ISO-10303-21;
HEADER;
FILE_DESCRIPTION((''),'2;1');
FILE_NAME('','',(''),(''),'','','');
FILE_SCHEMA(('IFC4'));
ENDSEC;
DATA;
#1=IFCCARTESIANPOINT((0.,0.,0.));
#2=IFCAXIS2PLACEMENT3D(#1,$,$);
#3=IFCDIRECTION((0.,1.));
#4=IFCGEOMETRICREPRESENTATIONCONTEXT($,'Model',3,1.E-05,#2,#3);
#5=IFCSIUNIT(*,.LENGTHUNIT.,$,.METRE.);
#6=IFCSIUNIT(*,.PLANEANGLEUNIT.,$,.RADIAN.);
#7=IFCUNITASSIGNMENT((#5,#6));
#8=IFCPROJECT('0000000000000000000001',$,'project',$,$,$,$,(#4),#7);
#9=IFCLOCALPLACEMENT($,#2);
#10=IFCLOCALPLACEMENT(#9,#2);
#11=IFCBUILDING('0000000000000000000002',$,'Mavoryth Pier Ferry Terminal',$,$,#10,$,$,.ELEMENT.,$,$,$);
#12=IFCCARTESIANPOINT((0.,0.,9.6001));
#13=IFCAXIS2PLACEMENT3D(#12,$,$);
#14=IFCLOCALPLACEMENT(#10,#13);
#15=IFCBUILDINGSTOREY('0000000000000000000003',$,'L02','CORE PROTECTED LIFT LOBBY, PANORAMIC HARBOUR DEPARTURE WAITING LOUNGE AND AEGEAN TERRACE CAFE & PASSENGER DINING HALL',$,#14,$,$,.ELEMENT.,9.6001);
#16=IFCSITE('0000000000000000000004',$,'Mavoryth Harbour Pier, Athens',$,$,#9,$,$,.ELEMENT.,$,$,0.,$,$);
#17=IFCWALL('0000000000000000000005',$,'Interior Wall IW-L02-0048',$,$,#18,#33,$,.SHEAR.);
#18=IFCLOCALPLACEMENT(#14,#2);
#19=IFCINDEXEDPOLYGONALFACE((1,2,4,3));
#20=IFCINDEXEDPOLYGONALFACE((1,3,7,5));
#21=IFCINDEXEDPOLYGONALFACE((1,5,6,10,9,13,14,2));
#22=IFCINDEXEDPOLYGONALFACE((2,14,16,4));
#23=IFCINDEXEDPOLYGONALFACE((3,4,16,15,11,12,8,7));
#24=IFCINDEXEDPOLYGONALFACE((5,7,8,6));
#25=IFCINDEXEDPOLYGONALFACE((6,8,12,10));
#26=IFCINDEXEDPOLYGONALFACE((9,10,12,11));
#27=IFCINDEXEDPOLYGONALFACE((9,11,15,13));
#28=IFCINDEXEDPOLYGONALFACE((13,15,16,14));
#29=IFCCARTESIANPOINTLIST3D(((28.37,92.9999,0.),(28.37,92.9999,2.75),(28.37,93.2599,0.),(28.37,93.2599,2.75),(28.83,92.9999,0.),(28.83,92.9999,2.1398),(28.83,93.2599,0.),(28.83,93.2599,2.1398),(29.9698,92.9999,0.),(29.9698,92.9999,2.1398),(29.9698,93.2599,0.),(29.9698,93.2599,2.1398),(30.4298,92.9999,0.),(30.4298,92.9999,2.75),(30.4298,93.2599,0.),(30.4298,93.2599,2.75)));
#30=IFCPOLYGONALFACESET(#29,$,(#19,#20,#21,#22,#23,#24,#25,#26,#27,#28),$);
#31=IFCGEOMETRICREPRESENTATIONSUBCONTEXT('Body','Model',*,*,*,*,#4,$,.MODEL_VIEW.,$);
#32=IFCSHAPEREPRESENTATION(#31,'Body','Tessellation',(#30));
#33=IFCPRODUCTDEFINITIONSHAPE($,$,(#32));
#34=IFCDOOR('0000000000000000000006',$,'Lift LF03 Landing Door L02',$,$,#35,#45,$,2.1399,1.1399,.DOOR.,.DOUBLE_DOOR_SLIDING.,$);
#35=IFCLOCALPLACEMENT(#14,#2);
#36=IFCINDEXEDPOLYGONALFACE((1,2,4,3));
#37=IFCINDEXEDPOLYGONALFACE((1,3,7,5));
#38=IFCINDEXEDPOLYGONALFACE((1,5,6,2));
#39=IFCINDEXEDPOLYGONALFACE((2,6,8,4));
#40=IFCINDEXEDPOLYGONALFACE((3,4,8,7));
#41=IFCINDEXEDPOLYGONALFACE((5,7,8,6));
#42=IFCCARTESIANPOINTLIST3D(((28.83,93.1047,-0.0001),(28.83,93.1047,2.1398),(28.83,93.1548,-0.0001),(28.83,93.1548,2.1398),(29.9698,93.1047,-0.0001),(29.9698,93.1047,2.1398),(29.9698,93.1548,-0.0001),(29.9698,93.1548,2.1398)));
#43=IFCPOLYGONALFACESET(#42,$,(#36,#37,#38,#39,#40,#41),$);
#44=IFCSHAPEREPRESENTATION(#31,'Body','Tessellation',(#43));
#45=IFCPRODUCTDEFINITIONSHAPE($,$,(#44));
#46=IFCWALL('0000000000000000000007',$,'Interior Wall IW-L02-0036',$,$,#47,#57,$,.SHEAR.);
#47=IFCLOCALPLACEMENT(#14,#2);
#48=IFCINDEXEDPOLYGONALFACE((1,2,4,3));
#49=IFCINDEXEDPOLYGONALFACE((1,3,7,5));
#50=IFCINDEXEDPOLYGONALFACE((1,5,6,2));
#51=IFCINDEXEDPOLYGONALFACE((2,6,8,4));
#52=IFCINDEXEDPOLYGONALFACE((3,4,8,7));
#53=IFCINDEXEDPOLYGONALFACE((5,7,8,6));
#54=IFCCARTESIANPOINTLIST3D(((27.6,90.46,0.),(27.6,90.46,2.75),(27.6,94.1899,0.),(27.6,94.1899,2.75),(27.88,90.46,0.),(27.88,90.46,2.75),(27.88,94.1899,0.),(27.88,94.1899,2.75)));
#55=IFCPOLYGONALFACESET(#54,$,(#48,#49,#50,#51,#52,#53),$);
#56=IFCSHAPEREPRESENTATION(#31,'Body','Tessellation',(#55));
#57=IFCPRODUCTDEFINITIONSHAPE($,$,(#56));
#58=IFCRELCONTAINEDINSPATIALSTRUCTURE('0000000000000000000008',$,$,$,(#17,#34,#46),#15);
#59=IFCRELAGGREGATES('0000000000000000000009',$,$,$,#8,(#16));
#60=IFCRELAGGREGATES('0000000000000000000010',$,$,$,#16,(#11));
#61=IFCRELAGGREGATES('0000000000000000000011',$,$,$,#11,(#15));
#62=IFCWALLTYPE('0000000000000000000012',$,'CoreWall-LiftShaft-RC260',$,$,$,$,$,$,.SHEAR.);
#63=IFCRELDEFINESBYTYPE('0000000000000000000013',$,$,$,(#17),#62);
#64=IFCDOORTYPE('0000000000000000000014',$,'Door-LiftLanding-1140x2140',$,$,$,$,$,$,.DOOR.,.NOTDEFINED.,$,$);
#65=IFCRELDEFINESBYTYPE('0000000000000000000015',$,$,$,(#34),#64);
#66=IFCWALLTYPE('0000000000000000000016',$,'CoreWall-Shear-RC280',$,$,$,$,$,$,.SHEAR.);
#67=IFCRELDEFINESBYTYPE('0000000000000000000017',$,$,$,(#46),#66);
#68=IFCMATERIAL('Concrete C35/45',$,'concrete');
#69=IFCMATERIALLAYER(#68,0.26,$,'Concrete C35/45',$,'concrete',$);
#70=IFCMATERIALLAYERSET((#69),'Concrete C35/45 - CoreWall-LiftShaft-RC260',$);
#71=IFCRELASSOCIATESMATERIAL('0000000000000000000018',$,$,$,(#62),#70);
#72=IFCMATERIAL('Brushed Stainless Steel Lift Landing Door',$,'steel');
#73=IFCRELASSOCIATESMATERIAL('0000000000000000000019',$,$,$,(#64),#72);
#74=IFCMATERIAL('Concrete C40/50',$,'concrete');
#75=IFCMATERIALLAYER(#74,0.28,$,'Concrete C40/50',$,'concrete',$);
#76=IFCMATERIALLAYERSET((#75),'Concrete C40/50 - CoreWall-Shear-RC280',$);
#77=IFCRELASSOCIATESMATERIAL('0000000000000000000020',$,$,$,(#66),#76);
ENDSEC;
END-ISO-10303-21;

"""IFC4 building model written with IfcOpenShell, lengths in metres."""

from ifc_helpers import new_model, si_unit, direction, frame, frame_2d, origin, place, context, subcontext, project, spatial, rectangle, extrude, material, layer, layer_set, type_object, element, fill, save


model = new_model("IFC4")

# Units and contexts
model_context = context("Model", 3, precision=1e-05, world=origin(), true_north=direction((0.0, 1.0)))
body_context = subcontext(model_context, "Body", "Model", "MODEL_VIEW")
ifc_project = project(units=[si_unit("LENGTHUNIT", "METRE"), si_unit("PLANEANGLEUNIT", "RADIAN")], contexts=[model_context])

# Site, building, storey
site_placement = place(None, origin())
site = spatial("IfcSite", under=ifc_project, at=site_placement, Name="Mavoryth Harbour Pier, Athens", CompositionType="ELEMENT", RefElevation=0.0)
building_placement = place(site_placement, origin())
building = spatial("IfcBuilding", under=site, at=building_placement, Name="Mavoryth Pier Ferry Terminal", CompositionType="ELEMENT")
storey_placement = place(building_placement, frame((0.0, 0.0, 9.6001)))
storey = spatial("IfcBuildingStorey", under=building, at=storey_placement, Name="L02", Description="CORE PROTECTED LIFT LOBBY, PANORAMIC HARBOUR DEPARTURE WAITING LOUNGE AND AEGEAN TERRACE CAFE & PASSENGER DINING HALL", CompositionType="ELEMENT", Elevation=9.6001)

# Shared definitions
ifc_material_1 = material(Name="Concrete C40/50", Category="concrete")

# Shared definitions
ifc_material_2 = material(Name="Concrete C35/45", Category="concrete")
ifc_layer_1 = layer(ifc_material_2, 0.26, Name="Concrete C35/45", Category="concrete")
ifc_layer_set_1 = layer_set([ifc_layer_1], Name="Concrete C35/45 - CoreWall-LiftShaft-RC260")
wall_type_1 = type_object("IfcWallType", Name="CoreWall-LiftShaft-RC260", PredefinedType="SHEAR", material=ifc_layer_set_1)

# Wall, opening, door
wall_1_placement = place(storey_placement, frame((28.3701, 93.1299, 0.0), z_axis=(0.0, 0.0, 1.0), x_axis=(1.0, 0.0, 0.0)))
wall_1 = element("IfcWall", 1, at=wall_1_placement, inside=storey, type_object=wall_type_1, Name="Interior Wall IW-L02-0048", PredefinedType="SHEAR", context=body_context, shape_type="SweptSolid", body=[
    extrude(rectangle(XDim=2.0598, YDim=0.26, at=frame_2d((1.0298, 0.0))), origin(), (0.0, 0.0, 1.0), 2.75),
])
opening_placement = place(wall_1_placement, frame((0.46, 0.0, 0.0)))
opening = element("IfcOpeningElement", 2, at=opening_placement, cuts=wall_1, PredefinedType="OPENING", context=body_context, shape_type="SweptSolid", body=[
    extrude(rectangle(XDim=1.1399, YDim=2.1399, at=frame_2d((0.5698, 1.0698))), frame((0.0, 0.1399, 0.0), z_axis=(0.0, -1.0, 0.0), x_axis=(1.0, 0.0, 0.0)), (0.0, 0.0, 1.0), 0.28),
])
ifc_material_3 = material(Name="Brushed Stainless Steel Lift Landing Door", Category="steel")
door_type = type_object("IfcDoorType", Name="Door-LiftLanding-1140x2140", OperationType="NOTDEFINED", PredefinedType="DOOR", material=ifc_material_3)
door_placement = place(opening_placement, origin())
door = element("IfcDoor", 3, at=door_placement, inside=storey, type_object=door_type, Name="Lift LF03 Landing Door L02", OperationType="DOUBLE_DOOR_SLIDING", OverallHeight=2.1399, OverallWidth=1.1399, PredefinedType="DOOR", context=body_context, shape_type="SweptSolid", body=[
    extrude(rectangle(XDim=1.1399, YDim=2.1399, at=frame_2d((0.5698, 1.0698))), frame((0.0, 0.0249, 0.0), z_axis=(0.0, -1.0, 0.0), x_axis=(1.0, 0.0, 0.0)), (0.0, 0.0, 1.0), 0.05),
])
fill(opening, door)

# Wall
ifc_layer_2 = layer(ifc_material_1, 0.28, Name="Concrete C40/50", Category="concrete")
ifc_layer_set_2 = layer_set([ifc_layer_2], Name="Concrete C40/50 - CoreWall-Shear-RC280")
wall_type_2 = type_object("IfcWallType", Name="CoreWall-Shear-RC280", PredefinedType="SHEAR", material=ifc_layer_set_2)
wall_2_placement = place(storey_placement, frame((27.74, 90.46, 0.0), z_axis=(0.0, 0.0, 1.0), x_axis=(0.0, 1.0, 0.0)))
element("IfcWall", 4, at=wall_2_placement, inside=storey, type_object=wall_type_2, Name="Interior Wall IW-L02-0036", PredefinedType="SHEAR", context=body_context, shape_type="SweptSolid", body=[
    extrude(rectangle(XDim=3.73, YDim=0.28, at=frame_2d((1.865, 0.0))), origin(), (0.0, 0.0, 1.0), 2.75),
])

save(model, "model.ifc")
